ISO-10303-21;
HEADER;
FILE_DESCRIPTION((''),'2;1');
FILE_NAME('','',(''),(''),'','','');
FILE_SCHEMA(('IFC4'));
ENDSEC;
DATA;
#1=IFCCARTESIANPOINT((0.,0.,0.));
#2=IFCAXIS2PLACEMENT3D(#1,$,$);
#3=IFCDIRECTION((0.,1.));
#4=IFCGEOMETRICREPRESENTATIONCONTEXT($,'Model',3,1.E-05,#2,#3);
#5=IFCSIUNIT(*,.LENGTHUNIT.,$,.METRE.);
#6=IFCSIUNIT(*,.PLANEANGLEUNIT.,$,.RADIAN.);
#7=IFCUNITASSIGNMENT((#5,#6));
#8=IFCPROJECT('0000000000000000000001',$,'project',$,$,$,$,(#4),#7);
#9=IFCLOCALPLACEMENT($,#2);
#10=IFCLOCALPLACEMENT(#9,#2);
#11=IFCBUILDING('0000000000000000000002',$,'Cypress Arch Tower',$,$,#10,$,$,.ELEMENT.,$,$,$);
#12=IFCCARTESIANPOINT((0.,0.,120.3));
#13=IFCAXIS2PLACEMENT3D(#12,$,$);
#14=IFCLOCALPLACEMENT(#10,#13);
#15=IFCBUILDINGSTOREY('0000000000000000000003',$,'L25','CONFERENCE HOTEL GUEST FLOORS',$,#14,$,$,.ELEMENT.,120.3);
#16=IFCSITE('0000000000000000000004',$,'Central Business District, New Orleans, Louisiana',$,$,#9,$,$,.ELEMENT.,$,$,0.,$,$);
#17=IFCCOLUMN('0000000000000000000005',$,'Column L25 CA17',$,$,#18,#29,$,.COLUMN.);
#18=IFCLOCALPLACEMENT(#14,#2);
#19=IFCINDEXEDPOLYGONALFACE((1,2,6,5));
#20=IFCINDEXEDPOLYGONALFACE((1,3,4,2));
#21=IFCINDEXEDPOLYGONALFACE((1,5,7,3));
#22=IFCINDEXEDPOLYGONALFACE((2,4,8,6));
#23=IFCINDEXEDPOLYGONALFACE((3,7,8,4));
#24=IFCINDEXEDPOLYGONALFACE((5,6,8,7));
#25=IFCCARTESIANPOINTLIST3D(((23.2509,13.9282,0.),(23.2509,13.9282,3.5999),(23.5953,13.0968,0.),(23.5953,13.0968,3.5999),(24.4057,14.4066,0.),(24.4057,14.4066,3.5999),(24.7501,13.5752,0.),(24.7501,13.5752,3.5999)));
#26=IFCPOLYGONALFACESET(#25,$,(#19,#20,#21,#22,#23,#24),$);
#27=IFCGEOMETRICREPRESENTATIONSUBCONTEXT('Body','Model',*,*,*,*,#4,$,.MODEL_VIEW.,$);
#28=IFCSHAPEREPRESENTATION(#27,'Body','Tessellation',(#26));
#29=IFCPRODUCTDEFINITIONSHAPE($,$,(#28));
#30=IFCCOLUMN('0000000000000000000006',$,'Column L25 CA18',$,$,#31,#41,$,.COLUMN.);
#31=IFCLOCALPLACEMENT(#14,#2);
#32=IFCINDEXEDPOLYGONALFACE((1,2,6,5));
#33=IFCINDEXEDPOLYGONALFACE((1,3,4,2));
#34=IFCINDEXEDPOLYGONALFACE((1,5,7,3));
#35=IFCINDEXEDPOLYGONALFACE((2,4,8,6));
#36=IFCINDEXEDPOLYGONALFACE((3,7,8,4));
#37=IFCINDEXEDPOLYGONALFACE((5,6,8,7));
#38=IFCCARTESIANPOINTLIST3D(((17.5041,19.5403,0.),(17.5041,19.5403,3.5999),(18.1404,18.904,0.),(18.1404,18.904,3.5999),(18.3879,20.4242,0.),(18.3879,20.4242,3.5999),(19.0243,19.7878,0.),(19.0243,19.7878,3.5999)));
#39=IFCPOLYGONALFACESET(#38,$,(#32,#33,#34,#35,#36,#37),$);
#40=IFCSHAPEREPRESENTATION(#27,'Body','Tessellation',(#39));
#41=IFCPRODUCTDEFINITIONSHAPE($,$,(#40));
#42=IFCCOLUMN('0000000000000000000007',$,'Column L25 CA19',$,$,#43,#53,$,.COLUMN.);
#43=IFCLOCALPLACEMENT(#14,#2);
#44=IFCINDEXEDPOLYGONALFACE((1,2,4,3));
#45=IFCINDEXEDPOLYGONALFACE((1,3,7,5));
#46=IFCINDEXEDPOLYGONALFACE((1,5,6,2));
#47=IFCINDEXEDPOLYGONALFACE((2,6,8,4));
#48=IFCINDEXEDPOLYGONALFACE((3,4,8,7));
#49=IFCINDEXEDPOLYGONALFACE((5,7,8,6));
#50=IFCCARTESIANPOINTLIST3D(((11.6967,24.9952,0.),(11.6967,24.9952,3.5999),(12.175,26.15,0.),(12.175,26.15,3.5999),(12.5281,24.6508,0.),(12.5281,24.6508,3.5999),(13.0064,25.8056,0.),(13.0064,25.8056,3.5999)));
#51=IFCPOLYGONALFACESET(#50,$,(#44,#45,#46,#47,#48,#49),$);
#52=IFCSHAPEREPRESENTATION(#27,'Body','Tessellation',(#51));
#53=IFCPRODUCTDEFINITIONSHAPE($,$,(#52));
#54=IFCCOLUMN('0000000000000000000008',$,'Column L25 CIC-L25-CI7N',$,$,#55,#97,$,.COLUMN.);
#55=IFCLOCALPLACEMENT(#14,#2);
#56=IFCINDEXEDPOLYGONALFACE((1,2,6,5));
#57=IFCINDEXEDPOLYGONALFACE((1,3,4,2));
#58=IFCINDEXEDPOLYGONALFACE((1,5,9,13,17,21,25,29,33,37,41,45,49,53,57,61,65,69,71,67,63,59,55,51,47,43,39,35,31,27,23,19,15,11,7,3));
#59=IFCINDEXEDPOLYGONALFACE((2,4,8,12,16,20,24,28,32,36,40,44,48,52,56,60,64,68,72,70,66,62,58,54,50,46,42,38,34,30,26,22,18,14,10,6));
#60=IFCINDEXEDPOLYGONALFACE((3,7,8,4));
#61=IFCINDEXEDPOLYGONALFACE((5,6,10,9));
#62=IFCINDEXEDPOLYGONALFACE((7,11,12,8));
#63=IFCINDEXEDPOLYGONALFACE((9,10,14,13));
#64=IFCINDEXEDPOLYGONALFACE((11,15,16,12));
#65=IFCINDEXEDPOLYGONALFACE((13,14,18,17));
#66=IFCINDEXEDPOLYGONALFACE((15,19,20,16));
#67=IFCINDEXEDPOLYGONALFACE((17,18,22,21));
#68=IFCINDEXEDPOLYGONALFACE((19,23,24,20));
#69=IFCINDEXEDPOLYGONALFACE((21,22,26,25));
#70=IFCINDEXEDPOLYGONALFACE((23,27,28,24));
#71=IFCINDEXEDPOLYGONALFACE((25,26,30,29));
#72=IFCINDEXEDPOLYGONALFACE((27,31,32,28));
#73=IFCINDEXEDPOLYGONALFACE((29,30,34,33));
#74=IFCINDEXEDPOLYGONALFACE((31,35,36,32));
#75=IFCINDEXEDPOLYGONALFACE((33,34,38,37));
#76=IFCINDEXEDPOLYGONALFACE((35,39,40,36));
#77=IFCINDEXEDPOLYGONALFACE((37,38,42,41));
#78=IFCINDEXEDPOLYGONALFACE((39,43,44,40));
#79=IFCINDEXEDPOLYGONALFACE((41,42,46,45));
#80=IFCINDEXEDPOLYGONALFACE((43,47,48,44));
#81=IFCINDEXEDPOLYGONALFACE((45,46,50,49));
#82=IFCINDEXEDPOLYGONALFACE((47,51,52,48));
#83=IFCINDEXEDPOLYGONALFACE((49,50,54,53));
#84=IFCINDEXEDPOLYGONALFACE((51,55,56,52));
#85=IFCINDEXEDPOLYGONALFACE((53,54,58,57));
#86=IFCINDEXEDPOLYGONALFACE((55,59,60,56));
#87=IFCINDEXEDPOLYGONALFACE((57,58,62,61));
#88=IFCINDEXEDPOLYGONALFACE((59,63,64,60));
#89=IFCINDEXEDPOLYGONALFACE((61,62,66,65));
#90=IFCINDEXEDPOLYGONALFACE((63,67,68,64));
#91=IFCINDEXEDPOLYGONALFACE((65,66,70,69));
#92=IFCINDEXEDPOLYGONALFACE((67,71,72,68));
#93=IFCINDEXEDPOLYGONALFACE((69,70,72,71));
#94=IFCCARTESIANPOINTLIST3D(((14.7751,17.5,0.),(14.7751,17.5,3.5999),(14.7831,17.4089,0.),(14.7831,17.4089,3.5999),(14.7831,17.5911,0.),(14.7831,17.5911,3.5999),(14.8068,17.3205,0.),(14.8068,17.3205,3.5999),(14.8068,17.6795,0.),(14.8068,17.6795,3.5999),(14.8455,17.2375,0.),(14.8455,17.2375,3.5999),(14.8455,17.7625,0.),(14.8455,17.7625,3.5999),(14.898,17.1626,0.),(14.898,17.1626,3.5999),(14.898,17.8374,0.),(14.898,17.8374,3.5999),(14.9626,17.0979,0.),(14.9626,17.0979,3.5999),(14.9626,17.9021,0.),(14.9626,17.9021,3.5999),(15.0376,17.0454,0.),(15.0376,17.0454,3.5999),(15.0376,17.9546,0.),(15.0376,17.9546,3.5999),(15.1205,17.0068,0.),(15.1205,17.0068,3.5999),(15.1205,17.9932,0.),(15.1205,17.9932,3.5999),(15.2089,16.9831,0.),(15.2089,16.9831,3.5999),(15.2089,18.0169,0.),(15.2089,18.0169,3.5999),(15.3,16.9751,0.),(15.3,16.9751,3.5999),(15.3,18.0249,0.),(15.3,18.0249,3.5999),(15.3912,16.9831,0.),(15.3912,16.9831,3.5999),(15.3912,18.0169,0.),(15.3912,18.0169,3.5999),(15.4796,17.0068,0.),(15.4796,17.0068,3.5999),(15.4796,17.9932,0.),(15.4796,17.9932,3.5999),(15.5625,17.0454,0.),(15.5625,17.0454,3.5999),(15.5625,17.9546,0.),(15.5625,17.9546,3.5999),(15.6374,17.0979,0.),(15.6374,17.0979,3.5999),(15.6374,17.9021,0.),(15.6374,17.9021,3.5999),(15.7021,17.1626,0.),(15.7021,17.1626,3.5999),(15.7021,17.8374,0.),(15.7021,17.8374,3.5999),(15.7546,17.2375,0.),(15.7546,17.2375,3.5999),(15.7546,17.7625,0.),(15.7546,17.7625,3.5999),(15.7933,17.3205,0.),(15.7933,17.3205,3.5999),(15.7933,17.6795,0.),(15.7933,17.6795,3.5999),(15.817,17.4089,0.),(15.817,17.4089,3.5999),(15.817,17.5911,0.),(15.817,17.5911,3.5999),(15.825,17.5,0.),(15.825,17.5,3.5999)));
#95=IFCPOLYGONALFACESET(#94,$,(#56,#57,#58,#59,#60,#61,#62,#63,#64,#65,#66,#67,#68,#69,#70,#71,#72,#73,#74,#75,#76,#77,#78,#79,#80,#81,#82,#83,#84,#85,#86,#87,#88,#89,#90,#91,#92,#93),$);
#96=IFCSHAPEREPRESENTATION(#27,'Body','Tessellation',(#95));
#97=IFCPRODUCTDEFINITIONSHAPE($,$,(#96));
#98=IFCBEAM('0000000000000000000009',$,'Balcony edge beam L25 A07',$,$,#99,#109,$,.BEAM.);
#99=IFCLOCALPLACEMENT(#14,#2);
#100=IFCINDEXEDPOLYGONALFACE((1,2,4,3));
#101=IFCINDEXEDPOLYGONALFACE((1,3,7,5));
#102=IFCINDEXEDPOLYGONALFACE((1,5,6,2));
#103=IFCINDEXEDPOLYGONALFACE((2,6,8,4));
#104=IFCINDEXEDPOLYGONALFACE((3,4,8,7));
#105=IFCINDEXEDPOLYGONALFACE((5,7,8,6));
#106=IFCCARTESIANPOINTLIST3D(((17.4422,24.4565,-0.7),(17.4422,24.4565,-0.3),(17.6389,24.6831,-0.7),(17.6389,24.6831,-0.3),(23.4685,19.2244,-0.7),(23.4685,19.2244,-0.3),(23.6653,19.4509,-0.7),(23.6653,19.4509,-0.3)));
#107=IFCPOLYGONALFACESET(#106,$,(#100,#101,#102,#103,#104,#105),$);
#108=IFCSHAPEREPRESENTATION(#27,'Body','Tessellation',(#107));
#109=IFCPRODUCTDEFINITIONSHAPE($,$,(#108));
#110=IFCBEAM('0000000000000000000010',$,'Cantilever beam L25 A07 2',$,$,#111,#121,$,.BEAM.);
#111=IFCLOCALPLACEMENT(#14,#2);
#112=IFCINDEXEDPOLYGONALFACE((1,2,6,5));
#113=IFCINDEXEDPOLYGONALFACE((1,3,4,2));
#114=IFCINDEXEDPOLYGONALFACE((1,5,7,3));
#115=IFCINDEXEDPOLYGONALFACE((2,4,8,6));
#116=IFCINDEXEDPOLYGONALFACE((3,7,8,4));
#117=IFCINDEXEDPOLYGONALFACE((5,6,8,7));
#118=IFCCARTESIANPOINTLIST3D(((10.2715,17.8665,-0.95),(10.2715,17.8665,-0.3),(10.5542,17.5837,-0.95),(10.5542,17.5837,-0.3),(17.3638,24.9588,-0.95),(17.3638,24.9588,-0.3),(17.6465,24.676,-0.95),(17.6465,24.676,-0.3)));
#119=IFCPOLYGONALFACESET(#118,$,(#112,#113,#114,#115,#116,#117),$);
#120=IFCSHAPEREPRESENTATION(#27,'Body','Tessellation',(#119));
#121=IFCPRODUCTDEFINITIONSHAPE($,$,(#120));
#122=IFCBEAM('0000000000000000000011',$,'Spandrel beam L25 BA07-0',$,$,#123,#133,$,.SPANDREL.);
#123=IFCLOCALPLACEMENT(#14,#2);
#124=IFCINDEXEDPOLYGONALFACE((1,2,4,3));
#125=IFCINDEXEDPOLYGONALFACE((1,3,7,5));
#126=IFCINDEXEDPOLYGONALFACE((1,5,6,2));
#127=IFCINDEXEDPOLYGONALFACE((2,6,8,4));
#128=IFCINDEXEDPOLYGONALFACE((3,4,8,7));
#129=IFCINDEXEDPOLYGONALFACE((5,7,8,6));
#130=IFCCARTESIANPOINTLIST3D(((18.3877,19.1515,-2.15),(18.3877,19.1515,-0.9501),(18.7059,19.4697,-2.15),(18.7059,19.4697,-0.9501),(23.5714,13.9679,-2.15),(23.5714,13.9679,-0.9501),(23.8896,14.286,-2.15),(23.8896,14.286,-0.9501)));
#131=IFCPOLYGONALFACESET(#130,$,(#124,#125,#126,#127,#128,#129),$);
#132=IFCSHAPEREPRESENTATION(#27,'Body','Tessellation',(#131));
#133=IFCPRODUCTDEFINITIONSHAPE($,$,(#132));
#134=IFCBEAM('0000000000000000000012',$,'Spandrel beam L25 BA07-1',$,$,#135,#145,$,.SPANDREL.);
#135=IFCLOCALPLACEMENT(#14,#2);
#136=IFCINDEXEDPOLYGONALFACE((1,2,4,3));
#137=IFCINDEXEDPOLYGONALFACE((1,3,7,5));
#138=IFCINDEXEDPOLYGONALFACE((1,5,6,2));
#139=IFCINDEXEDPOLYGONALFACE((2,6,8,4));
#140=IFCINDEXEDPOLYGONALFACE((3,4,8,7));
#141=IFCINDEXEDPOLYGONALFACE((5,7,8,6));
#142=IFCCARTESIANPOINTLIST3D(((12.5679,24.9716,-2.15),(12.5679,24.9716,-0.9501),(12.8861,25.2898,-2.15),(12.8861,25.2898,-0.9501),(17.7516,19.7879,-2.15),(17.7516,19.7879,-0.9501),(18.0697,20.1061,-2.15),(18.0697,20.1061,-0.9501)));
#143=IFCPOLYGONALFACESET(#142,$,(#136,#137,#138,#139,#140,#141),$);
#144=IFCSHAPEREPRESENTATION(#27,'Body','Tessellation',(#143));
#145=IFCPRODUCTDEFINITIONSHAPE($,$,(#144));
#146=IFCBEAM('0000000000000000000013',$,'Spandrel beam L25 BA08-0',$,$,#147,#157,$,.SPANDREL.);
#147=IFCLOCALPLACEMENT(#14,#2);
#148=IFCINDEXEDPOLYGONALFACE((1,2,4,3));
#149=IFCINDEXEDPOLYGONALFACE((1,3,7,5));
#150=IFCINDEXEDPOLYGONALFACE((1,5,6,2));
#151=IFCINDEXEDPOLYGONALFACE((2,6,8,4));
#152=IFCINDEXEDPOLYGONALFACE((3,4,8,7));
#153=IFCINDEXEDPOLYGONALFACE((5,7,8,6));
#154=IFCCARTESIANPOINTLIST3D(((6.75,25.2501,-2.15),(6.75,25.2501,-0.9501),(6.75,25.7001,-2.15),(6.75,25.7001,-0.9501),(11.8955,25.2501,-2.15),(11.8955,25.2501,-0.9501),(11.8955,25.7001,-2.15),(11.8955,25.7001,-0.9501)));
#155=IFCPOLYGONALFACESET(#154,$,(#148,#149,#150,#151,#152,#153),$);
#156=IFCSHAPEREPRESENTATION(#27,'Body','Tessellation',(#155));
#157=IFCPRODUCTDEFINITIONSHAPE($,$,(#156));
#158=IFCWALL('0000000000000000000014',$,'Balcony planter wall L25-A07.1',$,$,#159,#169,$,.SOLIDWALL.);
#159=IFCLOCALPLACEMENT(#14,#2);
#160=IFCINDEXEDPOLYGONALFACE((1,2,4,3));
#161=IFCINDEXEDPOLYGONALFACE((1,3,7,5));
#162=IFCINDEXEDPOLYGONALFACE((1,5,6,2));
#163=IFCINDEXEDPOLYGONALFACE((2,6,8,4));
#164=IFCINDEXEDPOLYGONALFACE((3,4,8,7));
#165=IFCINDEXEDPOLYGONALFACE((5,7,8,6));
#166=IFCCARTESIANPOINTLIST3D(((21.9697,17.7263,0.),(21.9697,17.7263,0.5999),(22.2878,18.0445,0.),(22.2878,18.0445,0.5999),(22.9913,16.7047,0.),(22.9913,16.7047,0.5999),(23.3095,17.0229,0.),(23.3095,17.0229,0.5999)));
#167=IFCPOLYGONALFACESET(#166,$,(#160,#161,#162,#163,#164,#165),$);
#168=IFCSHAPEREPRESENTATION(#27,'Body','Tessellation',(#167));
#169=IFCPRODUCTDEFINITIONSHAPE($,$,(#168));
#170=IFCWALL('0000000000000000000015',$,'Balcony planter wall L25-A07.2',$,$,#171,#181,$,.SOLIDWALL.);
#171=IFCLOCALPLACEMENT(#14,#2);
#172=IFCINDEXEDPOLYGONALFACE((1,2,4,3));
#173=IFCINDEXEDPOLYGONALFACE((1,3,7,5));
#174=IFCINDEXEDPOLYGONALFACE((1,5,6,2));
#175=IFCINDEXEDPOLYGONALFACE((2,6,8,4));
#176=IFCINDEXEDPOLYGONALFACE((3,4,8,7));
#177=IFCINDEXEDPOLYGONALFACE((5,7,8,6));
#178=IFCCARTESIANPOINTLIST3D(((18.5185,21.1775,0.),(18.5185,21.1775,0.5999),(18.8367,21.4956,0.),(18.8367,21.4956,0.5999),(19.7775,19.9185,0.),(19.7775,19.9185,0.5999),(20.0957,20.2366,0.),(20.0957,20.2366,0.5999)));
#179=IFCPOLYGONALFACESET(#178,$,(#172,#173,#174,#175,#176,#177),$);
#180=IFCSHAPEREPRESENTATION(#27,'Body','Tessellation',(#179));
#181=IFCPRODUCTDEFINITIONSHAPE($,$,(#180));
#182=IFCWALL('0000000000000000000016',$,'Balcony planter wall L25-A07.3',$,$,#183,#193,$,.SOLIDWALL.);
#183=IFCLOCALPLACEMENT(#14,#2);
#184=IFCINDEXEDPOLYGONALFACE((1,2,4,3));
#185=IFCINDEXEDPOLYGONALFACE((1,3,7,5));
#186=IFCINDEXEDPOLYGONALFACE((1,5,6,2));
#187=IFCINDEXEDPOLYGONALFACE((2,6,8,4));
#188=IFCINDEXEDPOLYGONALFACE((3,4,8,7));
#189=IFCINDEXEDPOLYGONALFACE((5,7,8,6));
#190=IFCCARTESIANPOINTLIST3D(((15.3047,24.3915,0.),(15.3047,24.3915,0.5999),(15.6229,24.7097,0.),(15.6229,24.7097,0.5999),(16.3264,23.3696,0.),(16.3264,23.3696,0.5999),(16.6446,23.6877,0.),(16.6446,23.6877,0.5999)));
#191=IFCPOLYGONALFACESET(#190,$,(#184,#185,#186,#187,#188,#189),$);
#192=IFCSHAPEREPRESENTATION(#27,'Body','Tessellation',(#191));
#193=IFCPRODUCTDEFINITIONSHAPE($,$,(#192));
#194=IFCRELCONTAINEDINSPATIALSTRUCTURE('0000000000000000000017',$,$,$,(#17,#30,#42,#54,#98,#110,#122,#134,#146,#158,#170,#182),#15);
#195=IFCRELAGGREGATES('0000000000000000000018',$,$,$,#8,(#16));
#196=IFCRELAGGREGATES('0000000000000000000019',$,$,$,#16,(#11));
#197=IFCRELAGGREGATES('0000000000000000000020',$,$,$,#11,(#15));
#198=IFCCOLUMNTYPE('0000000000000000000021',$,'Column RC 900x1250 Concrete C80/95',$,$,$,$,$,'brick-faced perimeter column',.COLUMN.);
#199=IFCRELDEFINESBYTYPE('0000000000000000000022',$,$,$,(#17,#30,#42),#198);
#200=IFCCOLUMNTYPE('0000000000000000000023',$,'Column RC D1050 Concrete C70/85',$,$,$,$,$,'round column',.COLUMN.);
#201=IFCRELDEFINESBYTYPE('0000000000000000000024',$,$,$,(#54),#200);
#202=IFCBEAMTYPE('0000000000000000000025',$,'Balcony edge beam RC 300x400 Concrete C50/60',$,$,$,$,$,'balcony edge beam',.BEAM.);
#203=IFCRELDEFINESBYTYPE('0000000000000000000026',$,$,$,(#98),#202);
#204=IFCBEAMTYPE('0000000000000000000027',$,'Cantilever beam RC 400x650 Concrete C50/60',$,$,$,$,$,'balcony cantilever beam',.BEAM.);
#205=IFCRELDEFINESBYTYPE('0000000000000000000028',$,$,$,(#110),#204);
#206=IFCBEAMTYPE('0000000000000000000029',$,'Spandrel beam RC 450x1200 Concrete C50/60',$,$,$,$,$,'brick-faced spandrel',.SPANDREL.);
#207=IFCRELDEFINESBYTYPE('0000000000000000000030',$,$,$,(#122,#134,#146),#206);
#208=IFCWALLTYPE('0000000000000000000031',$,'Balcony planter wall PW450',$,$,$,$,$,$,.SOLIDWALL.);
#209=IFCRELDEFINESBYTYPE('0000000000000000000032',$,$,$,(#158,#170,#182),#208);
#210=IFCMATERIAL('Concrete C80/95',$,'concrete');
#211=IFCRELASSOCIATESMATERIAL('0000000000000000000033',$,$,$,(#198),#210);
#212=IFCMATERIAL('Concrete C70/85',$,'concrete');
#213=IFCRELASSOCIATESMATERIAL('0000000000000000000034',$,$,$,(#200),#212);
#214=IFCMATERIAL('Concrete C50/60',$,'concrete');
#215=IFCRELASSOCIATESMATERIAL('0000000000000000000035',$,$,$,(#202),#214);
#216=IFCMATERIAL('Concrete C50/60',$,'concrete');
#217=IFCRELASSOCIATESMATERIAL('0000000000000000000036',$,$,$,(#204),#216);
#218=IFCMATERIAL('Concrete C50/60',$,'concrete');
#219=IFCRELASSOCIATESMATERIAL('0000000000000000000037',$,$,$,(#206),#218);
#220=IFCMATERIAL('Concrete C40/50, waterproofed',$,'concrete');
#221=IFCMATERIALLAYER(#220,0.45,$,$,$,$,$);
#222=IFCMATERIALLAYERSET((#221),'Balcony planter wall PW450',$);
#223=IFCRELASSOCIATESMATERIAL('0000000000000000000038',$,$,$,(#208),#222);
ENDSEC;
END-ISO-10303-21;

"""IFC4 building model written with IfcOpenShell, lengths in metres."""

from ifc_helpers import new_model, si_unit, direction, frame, frame_2d, origin, origin_2d, place, context, subcontext, project, spatial, rectangle, circle, extrude, material, layer, layer_set, material_profile, profile_set, type_object, element, save


model = new_model("IFC4")

# Units and contexts
model_context = context("Model", 3, precision=1e-05, world=origin(), true_north=direction((0.0, 1.0)))
body_context = subcontext(model_context, "Body", "Model", "MODEL_VIEW")
ifc_project = project(units=[si_unit("LENGTHUNIT", "METRE"), si_unit("PLANEANGLEUNIT", "RADIAN")], contexts=[model_context])

# Site, building, storey
site_placement = place(None, origin())
site = spatial("IfcSite", under=ifc_project, at=site_placement, Name="Central Business District, New Orleans, Louisiana", CompositionType="ELEMENT", RefElevation=0.0)
building_placement = place(site_placement, origin())
building = spatial("IfcBuilding", under=site, at=building_placement, Name="Cypress Arch Tower", CompositionType="ELEMENT")
storey_placement = place(building_placement, frame((0.0, 0.0, 120.3)))
storey = spatial("IfcBuildingStorey", under=building, at=storey_placement, Name="L25", Description="CONFERENCE HOTEL GUEST FLOORS", CompositionType="ELEMENT", Elevation=120.3)

# Columns
ifc_material_1 = material(Name="Concrete C80/95", Category="concrete")
ifc_material_profile_1 = material_profile(ifc_material_1, rectangle(XDim=0.8999, YDim=1.25, at=origin_2d()), Name="RC 900x1250")
ifc_profile_set_1 = profile_set([ifc_material_profile_1], Name="Concrete C80/95")
column_type_1 = type_object("IfcColumnType", Name="Column RC 900x1250 Concrete C80/95", ElementType="brick-faced perimeter column", PredefinedType="COLUMN", material=ifc_profile_set_1)
for number, where, z_axis, x_axis, name in (
    (1, (24.0005, 13.7517, 0.0), (0.0, 0.0, 1.0), (-0.382683, 0.92388, 0.0), "Column L25 CA17"),
    (2, (18.2642, 19.6641, 0.0), (0.0, 0.0, 1.0), (-0.707107, 0.707107, 0.0), "Column L25 CA18"),
    (3, (12.3516, 25.4004, 0.0), (0.0, 0.0, 1.0), (-0.92388, 0.382683, 0.0), "Column L25 CA19"),
):
    element("IfcColumn", number, at=place(storey_placement, frame(where, z_axis=z_axis, x_axis=x_axis)), inside=storey, type_object=column_type_1, Name=name, PredefinedType="COLUMN", context=body_context, shape_type="SweptSolid", body=[
        extrude(rectangle(XDim=0.8999, YDim=1.25, at=origin_2d()), origin(), (0.0, 0.0, 1.0), 3.5999),
    ])
ifc_material_2 = material(Name="Concrete C70/85", Category="concrete")
ifc_material_profile_2 = material_profile(ifc_material_2, circle(Radius=0.5249, at=origin_2d()), Name="RC D1050")
ifc_profile_set_2 = profile_set([ifc_material_profile_2], Name="Concrete C70/85")
column_type_2 = type_object("IfcColumnType", Name="Column RC D1050 Concrete C70/85", ElementType="round column", PredefinedType="COLUMN", material=ifc_profile_set_2)
column_placement = place(storey_placement, frame((15.3, 17.5, 0.0), z_axis=(0.0, 0.0, 1.0), x_axis=(1.0, 0.0, 0.0)))
element("IfcColumn", 4, at=column_placement, inside=storey, type_object=column_type_2, Name="Column L25 CIC-L25-CI7N", PredefinedType="COLUMN", context=body_context, shape_type="SweptSolid", body=[
    extrude(circle(Radius=0.5249, at=origin_2d()), origin(), (0.0, 0.0, 1.0), 3.5999),
])

# Beams
ifc_material_3 = material(Name="Concrete C50/60", Category="concrete")
ifc_material_profile_3 = material_profile(ifc_material_3, rectangle(XDim=0.3, YDim=0.3999, at=origin_2d()), Name="RC 300x400")
ifc_profile_set_3 = profile_set([ifc_material_profile_3], Name="Concrete C50/60")
beam_type_1 = type_object("IfcBeamType", Name="Balcony edge beam RC 300x400 Concrete C50/60", ElementType="balcony edge beam", PredefinedType="BEAM", material=ifc_profile_set_3)
beam_1_placement = place(storey_placement, frame((23.5669, 19.3376, -0.5), z_axis=(-0.75511, 0.655598, 0.0), x_axis=(-0.655598, -0.75511, 0.0)))
element("IfcBeam", 5, at=beam_1_placement, inside=storey, type_object=beam_type_1, Name="Balcony edge beam L25 A07", PredefinedType="BEAM", context=body_context, shape_type="SweptSolid", body=[
    extrude(rectangle(XDim=0.3, YDim=0.3999, at=origin_2d()), origin(), (0.0, 0.0, 1.0), 7.9807),
])
ifc_material_4 = material(Name="Concrete C50/60", Category="concrete")
ifc_material_profile_4 = material_profile(ifc_material_4, rectangle(XDim=0.3999, YDim=0.6499, at=origin_2d()), Name="RC 400x650")
ifc_profile_set_4 = profile_set([ifc_material_profile_4], Name="Concrete C50/60")
beam_type_2 = type_object("IfcBeamType", Name="Cantilever beam RC 400x650 Concrete C50/60", ElementType="balcony cantilever beam", PredefinedType="BEAM", material=ifc_profile_set_4)
beam_2_placement = place(storey_placement, frame((10.4128, 17.7251, -0.625), z_axis=(0.707107, 0.707107, 0.0), x_axis=(-0.707107, 0.707107, 0.0)))
element("IfcBeam", 6, at=beam_2_placement, inside=storey, type_object=beam_type_2, Name="Cantilever beam L25 A07 2", PredefinedType="BEAM", context=body_context, shape_type="SweptSolid", body=[
    extrude(rectangle(XDim=0.3999, YDim=0.6499, at=origin_2d()), origin(), (0.0, 0.0, 1.0), 10.03),
])
ifc_material_5 = material(Name="Concrete C50/60", Category="concrete")
ifc_material_profile_5 = material_profile(ifc_material_5, rectangle(XDim=0.45, YDim=1.2, at=origin_2d()), Name="RC 450x1200")
ifc_profile_set_5 = profile_set([ifc_material_profile_5], Name="Concrete C50/60")
beam_type_3 = type_object("IfcBeamType", Name="Spandrel beam RC 450x1200 Concrete C50/60", ElementType="brick-faced spandrel", PredefinedType="SPANDREL", material=ifc_profile_set_5)
for number, where, z_axis, x_axis, name in (
    (7, (23.7305, 14.127, -1.55), (-0.707107, 0.707107, 0.0), (-0.707107, -0.707107, 0.0), "Spandrel beam L25 BA07-0"),
    (8, (17.9106, 19.947, -1.55), (-0.707107, 0.707107, 0.0), (-0.707107, -0.707107, 0.0), "Spandrel beam L25 BA07-1"),
):
    element("IfcBeam", number, at=place(storey_placement, frame(where, z_axis=z_axis, x_axis=x_axis)), inside=storey, type_object=beam_type_3, Name=name, PredefinedType="SPANDREL", context=body_context, shape_type="SweptSolid", body=[
        extrude(rectangle(XDim=0.45, YDim=1.2, at=origin_2d()), origin(), (0.0, 0.0, 1.0), 7.3308),
    ])
beam_3_placement = place(storey_placement, frame((11.8955, 25.4751, -1.55), z_axis=(-1.0, 0.0, 0.0), x_axis=(0.0, -1.0, 0.0)))
element("IfcBeam", 9, at=beam_3_placement, inside=storey, type_object=beam_type_3, Name="Spandrel beam L25 BA08-0", PredefinedType="SPANDREL", context=body_context, shape_type="SweptSolid", body=[
    extrude(rectangle(XDim=0.45, YDim=1.2, at=origin_2d()), origin(), (0.0, 0.0, 1.0), 5.1455),
])

# Walls
ifc_material_6 = material(Name="Concrete C40/50, waterproofed", Category="concrete")
ifc_layer_1 = layer(ifc_material_6, 0.45)
ifc_layer_set_1 = layer_set([ifc_layer_1], Name="Balcony planter wall PW450")
wall_type_1 = type_object("IfcWallType", Name="Balcony planter wall PW450", PredefinedType="SOLIDWALL", material=ifc_layer_set_1)
wall_1_placement = place(storey_placement, frame((23.1504, 16.8638, 0.0), z_axis=(0.0, 0.0, 1.0), x_axis=(-0.707107, 0.707107, 0.0)))
element("IfcWall", 10, at=wall_1_placement, inside=storey, type_object=wall_type_1, Name="Balcony planter wall L25-A07.1", PredefinedType="SOLIDWALL", context=body_context, shape_type="SweptSolid", body=[
    extrude(rectangle(XDim=1.4448, YDim=0.45, at=frame_2d((0.7224, 0.0))), origin(), (0.0, 0.0, 1.0), 0.5999),
])
wall_2_placement = place(storey_placement, frame((19.9365, 20.0776, 0.0), z_axis=(0.0, 0.0, 1.0), x_axis=(-0.707107, 0.707107, 0.0)))
element("IfcWall", 11, at=wall_2_placement, inside=storey, type_object=wall_type_1, Name="Balcony planter wall L25-A07.2", PredefinedType="SOLIDWALL", context=body_context, shape_type="SweptSolid", body=[
    extrude(rectangle(XDim=1.7805, YDim=0.45, at=frame_2d((0.8901, 0.0))), origin(), (0.0, 0.0, 1.0), 0.5999),
])
wall_3_placement = place(storey_placement, frame((16.4856, 23.5286, 0.0), z_axis=(0.0, 0.0, 1.0), x_axis=(-0.707022, 0.707191, 0.0)))
element("IfcWall", 12, at=wall_3_placement, inside=storey, type_object=wall_type_1, Name="Balcony planter wall L25-A07.3", PredefinedType="SOLIDWALL", context=body_context, shape_type="SweptSolid", body=[
    extrude(rectangle(XDim=1.4451, YDim=0.45, at=frame_2d((0.7227, 0.0))), origin(), (0.0, 0.0, 1.0), 0.5999),
])

save(model, "model.ifc")
